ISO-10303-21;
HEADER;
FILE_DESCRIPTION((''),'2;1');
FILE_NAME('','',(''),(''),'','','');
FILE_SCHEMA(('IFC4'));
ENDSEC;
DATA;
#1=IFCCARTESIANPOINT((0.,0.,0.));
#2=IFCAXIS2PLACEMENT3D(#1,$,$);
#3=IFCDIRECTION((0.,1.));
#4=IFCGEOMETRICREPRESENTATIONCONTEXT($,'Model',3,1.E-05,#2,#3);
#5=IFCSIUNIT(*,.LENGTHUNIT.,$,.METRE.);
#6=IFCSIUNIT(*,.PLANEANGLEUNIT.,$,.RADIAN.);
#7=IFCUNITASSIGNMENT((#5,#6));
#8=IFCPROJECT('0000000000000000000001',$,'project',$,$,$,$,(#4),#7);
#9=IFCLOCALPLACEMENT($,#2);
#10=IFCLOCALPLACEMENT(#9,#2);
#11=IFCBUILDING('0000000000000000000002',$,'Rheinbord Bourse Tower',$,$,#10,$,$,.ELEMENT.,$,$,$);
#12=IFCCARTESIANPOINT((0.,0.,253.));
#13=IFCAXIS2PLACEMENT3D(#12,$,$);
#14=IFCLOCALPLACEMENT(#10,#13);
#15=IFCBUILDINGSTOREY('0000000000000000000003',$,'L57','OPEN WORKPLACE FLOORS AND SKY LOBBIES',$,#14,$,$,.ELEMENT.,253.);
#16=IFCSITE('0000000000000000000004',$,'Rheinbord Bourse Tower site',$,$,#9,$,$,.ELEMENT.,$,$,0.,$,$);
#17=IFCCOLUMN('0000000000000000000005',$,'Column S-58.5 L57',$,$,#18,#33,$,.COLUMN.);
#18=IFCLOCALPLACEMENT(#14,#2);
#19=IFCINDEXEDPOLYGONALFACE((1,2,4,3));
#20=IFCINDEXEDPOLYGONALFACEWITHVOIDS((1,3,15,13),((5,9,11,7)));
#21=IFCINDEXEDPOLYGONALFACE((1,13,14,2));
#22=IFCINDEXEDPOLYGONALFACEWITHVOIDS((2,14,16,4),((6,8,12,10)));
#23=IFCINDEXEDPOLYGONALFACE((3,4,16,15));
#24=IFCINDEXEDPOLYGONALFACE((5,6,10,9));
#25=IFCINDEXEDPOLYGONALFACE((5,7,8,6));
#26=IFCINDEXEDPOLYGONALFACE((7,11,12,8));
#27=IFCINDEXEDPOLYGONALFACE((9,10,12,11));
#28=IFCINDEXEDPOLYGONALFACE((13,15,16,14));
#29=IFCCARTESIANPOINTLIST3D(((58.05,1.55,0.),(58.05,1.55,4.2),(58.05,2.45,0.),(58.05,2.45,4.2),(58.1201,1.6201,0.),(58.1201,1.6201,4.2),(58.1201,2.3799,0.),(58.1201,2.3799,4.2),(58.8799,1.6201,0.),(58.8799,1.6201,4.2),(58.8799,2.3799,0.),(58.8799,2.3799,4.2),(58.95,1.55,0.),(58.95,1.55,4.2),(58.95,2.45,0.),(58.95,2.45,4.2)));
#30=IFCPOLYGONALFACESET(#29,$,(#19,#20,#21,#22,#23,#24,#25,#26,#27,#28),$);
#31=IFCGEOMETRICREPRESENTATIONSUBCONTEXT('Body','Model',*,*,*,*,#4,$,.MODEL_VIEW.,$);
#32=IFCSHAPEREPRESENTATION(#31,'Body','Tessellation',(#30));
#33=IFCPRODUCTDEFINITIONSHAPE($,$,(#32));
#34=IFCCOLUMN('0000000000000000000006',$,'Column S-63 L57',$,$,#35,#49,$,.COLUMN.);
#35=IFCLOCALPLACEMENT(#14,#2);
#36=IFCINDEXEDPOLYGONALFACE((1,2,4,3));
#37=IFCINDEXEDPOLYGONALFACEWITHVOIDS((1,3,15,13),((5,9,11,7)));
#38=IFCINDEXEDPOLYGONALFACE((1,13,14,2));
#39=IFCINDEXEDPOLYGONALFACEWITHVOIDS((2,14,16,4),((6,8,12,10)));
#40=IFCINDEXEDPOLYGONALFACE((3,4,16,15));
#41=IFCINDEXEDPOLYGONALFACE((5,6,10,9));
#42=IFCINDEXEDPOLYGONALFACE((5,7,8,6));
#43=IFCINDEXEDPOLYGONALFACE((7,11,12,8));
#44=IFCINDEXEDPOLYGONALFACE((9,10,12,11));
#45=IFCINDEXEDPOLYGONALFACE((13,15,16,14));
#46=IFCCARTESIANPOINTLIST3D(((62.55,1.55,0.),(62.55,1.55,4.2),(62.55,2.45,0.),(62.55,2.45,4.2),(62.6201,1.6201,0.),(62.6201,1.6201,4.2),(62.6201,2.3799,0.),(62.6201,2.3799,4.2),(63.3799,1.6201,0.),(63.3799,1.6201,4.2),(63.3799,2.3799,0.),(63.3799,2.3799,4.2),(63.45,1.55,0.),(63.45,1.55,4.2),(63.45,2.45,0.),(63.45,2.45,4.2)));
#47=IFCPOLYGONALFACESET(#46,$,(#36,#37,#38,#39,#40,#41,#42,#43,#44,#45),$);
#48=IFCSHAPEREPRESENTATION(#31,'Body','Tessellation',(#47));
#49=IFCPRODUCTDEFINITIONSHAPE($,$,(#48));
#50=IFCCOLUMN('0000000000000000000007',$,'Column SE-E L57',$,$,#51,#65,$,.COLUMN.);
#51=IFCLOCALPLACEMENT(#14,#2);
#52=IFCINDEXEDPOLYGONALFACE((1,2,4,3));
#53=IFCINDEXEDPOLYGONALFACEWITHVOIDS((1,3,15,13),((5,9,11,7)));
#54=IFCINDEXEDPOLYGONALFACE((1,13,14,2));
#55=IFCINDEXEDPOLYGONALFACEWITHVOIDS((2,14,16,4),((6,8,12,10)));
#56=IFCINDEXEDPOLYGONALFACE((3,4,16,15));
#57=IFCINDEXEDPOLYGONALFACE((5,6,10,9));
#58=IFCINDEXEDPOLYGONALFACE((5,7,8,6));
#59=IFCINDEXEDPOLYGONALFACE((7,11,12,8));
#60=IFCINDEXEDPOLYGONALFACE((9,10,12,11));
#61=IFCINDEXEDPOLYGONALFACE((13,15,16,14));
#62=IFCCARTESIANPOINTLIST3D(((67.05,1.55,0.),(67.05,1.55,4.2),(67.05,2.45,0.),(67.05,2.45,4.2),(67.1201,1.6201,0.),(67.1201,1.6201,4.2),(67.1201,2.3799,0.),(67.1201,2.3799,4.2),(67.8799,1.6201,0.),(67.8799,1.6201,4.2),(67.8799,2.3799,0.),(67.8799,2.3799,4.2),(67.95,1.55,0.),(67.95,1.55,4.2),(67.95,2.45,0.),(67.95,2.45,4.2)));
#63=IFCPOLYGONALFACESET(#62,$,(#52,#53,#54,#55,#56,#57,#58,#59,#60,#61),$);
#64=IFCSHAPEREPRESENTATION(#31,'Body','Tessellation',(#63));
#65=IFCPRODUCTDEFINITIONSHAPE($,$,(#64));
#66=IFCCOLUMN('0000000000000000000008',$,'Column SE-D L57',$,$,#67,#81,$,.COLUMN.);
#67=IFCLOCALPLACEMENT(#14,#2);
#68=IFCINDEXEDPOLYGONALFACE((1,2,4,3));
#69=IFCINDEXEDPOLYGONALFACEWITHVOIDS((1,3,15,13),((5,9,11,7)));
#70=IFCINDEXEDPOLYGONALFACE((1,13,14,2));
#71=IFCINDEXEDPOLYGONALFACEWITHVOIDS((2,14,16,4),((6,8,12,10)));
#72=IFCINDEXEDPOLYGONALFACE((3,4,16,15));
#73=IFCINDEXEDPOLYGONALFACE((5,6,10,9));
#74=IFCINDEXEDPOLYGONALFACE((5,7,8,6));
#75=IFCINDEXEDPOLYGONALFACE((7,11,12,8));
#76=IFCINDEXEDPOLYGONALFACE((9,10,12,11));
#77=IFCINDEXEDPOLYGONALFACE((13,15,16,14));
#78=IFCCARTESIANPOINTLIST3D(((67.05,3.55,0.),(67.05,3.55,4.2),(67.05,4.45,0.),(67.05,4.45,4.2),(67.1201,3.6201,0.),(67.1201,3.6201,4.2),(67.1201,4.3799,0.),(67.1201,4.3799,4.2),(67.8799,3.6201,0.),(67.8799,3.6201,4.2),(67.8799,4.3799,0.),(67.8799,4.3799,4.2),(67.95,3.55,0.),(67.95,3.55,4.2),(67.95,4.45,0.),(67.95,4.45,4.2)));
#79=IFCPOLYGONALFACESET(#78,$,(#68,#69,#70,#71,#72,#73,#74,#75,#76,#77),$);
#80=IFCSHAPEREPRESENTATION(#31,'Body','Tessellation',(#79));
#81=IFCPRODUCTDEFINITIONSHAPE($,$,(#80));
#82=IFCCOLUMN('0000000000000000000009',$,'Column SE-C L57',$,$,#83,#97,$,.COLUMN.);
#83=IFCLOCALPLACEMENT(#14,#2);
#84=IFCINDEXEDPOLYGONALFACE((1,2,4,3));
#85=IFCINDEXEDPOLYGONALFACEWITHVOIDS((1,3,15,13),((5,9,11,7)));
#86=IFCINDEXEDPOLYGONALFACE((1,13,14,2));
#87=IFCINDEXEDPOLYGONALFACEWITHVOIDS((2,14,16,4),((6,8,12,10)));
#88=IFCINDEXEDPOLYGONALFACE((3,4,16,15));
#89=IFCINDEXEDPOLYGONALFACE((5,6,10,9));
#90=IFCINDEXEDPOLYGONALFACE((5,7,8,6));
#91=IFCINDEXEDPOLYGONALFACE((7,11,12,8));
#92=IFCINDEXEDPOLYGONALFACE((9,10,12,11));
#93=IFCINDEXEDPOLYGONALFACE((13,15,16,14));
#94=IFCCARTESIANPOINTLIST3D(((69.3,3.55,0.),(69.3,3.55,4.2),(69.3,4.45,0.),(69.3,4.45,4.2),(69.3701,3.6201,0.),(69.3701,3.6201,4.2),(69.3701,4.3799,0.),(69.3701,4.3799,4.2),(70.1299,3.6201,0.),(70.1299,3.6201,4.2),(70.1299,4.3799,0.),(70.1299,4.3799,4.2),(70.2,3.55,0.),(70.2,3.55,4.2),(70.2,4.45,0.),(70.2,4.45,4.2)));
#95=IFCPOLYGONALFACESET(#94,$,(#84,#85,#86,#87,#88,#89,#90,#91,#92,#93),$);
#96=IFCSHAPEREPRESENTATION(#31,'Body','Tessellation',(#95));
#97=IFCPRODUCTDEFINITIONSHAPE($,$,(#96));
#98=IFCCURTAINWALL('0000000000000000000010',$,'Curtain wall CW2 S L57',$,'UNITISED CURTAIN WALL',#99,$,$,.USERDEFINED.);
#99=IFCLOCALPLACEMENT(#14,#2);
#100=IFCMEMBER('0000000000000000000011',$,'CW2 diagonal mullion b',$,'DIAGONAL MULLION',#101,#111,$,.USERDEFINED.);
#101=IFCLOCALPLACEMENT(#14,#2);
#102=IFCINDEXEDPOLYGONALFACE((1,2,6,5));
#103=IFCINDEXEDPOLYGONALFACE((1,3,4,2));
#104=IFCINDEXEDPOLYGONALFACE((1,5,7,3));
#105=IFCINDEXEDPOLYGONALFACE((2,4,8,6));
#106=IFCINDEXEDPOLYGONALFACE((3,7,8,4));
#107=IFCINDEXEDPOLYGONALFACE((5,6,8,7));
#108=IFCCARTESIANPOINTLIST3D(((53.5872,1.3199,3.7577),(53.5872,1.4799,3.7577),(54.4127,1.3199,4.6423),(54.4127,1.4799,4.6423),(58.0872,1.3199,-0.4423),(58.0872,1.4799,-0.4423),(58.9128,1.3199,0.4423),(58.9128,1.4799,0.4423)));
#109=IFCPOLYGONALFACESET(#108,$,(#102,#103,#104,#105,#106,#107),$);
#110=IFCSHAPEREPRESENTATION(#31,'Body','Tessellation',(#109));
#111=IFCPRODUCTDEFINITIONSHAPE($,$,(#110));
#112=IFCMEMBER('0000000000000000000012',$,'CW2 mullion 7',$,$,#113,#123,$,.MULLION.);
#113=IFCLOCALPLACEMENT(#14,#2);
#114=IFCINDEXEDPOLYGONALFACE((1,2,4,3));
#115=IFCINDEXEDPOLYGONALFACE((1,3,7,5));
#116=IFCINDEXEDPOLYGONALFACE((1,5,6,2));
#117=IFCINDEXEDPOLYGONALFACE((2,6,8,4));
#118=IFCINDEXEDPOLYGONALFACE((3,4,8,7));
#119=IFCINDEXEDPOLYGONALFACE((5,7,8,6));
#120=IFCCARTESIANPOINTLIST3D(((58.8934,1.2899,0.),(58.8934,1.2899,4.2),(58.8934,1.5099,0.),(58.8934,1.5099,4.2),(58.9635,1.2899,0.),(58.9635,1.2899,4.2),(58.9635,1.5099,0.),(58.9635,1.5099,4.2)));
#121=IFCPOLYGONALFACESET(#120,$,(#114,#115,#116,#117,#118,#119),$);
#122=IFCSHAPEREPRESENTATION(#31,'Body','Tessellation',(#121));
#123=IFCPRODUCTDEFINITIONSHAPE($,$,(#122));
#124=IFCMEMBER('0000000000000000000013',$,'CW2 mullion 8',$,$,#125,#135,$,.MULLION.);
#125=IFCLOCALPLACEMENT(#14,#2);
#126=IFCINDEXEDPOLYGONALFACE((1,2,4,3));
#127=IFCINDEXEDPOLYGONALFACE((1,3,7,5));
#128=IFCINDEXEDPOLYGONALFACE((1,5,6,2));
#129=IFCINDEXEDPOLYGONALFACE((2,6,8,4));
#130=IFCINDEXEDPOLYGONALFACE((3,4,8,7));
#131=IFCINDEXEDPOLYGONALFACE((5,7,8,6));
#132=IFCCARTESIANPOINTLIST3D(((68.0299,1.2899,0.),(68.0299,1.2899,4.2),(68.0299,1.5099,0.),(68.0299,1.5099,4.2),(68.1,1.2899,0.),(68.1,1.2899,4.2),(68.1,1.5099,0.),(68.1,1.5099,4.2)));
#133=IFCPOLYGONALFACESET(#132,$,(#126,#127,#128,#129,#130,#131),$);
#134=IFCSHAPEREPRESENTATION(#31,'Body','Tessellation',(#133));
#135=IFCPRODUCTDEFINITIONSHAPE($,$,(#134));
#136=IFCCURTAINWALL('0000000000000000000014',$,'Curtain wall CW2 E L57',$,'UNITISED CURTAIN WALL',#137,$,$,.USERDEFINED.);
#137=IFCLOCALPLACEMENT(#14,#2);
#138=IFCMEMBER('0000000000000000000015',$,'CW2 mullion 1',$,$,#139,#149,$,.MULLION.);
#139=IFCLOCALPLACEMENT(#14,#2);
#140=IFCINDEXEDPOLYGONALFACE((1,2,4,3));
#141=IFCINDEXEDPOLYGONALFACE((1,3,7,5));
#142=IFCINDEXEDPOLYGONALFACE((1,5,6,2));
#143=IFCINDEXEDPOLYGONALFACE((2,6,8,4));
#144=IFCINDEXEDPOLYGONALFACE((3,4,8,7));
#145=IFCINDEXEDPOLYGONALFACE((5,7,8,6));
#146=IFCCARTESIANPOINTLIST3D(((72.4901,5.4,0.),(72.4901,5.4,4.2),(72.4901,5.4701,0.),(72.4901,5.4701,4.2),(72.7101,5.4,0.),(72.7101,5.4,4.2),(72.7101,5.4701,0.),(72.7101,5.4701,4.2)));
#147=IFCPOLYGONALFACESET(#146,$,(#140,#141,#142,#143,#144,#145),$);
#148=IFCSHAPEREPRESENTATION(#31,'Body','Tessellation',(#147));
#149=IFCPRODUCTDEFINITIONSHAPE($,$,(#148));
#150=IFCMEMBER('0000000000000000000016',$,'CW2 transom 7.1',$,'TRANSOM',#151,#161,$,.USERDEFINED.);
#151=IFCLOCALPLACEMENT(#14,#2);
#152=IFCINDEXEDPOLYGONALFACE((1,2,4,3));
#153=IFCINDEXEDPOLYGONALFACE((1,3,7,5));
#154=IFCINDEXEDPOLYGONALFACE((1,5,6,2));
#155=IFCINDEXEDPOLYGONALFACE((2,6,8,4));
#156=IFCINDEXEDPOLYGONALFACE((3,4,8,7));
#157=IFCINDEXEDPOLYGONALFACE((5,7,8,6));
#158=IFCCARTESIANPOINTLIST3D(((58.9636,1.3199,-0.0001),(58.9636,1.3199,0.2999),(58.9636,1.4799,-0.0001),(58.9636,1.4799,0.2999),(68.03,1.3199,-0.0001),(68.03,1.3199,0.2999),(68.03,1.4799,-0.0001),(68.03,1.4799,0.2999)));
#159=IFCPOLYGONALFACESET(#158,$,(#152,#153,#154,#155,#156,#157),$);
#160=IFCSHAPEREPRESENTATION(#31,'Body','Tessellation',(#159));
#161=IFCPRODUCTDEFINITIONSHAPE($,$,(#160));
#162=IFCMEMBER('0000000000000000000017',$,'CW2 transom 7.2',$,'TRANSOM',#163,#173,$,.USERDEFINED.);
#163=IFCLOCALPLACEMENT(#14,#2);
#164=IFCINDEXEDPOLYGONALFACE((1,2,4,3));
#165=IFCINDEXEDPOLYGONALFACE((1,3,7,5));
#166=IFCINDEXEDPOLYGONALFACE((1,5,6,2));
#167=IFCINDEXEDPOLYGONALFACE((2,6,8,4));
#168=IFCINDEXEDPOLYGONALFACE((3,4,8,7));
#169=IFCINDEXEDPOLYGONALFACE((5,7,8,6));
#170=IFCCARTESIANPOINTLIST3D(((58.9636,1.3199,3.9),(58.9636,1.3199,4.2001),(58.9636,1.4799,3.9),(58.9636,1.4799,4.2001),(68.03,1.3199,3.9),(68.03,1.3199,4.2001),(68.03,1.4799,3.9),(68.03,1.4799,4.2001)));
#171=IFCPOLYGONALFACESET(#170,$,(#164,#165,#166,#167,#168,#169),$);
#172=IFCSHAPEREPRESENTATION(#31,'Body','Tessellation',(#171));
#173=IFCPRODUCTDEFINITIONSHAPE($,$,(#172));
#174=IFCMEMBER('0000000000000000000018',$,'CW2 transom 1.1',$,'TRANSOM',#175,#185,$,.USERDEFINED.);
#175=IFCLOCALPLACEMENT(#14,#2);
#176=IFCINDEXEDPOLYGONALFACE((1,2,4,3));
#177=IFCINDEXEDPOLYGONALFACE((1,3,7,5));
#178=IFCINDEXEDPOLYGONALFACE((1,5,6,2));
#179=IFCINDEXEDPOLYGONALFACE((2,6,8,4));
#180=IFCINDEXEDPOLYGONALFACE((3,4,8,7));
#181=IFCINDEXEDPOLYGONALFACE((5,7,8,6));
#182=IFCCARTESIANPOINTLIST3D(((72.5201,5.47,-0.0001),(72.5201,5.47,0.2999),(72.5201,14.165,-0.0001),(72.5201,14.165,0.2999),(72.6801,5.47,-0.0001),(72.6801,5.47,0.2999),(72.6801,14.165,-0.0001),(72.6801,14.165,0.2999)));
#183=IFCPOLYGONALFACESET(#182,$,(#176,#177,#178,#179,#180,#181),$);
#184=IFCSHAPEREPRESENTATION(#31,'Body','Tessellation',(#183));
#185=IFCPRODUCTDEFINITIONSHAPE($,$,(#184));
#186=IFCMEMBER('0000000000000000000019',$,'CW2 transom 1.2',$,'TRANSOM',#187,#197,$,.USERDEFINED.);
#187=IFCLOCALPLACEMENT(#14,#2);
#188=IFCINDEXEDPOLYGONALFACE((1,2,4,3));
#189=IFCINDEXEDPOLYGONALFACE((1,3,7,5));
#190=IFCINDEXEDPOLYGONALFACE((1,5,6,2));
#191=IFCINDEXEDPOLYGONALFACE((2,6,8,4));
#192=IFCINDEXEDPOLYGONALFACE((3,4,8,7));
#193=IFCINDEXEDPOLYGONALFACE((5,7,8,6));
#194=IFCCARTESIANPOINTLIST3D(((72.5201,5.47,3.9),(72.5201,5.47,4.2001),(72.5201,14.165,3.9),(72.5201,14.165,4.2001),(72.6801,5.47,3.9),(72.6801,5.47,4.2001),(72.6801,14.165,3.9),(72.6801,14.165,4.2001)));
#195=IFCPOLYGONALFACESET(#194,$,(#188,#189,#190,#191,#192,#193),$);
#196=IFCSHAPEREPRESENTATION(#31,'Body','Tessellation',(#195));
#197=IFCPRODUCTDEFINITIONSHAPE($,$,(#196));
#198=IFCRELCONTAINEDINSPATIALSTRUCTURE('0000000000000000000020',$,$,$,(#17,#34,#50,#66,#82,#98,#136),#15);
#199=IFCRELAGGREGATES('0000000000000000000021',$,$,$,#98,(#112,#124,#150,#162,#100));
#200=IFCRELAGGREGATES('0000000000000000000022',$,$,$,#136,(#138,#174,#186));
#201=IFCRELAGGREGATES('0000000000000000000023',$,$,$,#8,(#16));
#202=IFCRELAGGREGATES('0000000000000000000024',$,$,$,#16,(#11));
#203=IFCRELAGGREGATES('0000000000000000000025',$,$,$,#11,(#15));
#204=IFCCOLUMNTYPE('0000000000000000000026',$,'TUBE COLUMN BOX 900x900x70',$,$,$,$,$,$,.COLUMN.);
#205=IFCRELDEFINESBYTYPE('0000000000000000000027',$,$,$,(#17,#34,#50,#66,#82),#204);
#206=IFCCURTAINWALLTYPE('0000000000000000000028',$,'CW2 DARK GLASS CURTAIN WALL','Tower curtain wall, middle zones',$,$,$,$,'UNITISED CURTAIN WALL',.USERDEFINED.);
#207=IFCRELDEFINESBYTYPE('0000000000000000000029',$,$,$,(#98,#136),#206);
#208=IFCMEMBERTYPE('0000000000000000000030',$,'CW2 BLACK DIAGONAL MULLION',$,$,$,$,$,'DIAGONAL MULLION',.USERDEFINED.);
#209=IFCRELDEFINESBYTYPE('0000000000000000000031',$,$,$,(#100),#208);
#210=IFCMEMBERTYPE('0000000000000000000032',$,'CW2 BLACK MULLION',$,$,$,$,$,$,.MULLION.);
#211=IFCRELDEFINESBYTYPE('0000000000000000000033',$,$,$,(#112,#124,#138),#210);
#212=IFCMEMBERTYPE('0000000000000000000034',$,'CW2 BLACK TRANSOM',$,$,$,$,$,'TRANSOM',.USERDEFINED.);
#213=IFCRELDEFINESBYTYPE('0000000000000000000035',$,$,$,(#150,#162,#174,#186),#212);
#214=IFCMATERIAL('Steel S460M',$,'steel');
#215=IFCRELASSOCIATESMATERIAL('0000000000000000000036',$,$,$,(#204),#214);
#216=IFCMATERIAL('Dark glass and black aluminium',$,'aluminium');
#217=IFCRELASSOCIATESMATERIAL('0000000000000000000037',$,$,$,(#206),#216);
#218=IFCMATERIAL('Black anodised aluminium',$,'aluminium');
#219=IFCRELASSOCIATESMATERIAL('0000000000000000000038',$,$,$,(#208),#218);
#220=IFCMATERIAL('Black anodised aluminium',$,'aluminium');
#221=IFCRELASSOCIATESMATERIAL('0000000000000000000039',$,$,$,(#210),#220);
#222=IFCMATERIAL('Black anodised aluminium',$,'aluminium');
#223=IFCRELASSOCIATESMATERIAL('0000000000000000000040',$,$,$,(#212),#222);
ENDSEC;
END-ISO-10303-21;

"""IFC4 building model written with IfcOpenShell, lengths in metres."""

from ifc_helpers import new_model, si_unit, direction, frame, origin, origin_2d, place, context, subcontext, project, spatial, rectangle, hollow_rectangle, extrude, material, material_profile, profile_set, type_object, element, aggregate, save


model = new_model("IFC4")

# Units and contexts
model_context = context("Model", 3, precision=1e-05, world=origin(), true_north=direction((0.0, 1.0)))
body_context = subcontext(model_context, "Body", "Model", "MODEL_VIEW")
ifc_project = project(units=[si_unit("LENGTHUNIT", "METRE"), si_unit("PLANEANGLEUNIT", "RADIAN")], contexts=[model_context])

# Site, building, storey
site_placement = place(None, origin())
site = spatial("IfcSite", under=ifc_project, at=site_placement, Name="Rheinbord Bourse Tower site", CompositionType="ELEMENT", RefElevation=0.0)
building_placement = place(site_placement, origin())
building = spatial("IfcBuilding", under=site, at=building_placement, Name="Rheinbord Bourse Tower", CompositionType="ELEMENT")
storey_placement = place(building_placement, frame((0.0, 0.0, 253.0)))
storey = spatial("IfcBuildingStorey", under=building, at=storey_placement, Name="L57", Description="OPEN WORKPLACE FLOORS AND SKY LOBBIES", CompositionType="ELEMENT", Elevation=253.0)

# Columns
ifc_material_1 = material(Name="Steel S460M", Category="steel")
ifc_material_profile_1 = material_profile(ifc_material_1, hollow_rectangle(XDim=0.8999, YDim=0.8999, WallThickness=0.0701, at=origin_2d()), Name="BOX 900x900x70")
ifc_profile_set_1 = profile_set([ifc_material_profile_1], Name="Steel S460M")
column_type = type_object("IfcColumnType", Name="TUBE COLUMN BOX 900x900x70", PredefinedType="COLUMN", material=ifc_profile_set_1)
for number, where, z_axis, x_axis, name in (
    (1, (58.5, 2.0, 0.0), (0.0, 0.0, 1.0), (0.0, 1.0, 0.0), "Column S-58.5 L57"),
    (2, (63.0, 2.0, 0.0), (0.0, 0.0, 1.0), (0.0, 1.0, 0.0), "Column S-63 L57"),
    (3, (67.5, 2.0, 0.0), (0.0, 0.0, 1.0), (0.0, 1.0, 0.0), "Column SE-E L57"),
    (4, (67.5, 4.0, 0.0), (0.0, 0.0, 1.0), (0.0, 1.0, 0.0), "Column SE-D L57"),
    (5, (69.75, 4.0, 0.0), (0.0, 0.0, 1.0), (1.0, 0.0, 0.0), "Column SE-C L57"),
):
    element("IfcColumn", number, at=place(storey_placement, frame(where, z_axis=z_axis, x_axis=x_axis)), inside=storey, type_object=column_type, Name=name, PredefinedType="COLUMN", context=body_context, shape_type="SweptSolid", body=[
        extrude(hollow_rectangle(XDim=0.8999, YDim=0.8999, WallThickness=0.0701, at=origin_2d()), origin(), (0.0, 0.0, 1.0), 4.2),
    ])

# Curtain wall, members
ifc_material_2 = material(Name="Dark glass and black aluminium", Category="aluminium")
curtain_wall_type = type_object("IfcCurtainWallType", Name="CW2 DARK GLASS CURTAIN WALL", Description="Tower curtain wall, middle zones", ElementType="UNITISED CURTAIN WALL", PredefinedType="USERDEFINED", material=ifc_material_2)
curtain_wall_1_placement = place(storey_placement, origin())
curtain_wall_1 = element("IfcCurtainWall", 6, at=curtain_wall_1_placement, inside=storey, type_object=curtain_wall_type, Name="Curtain wall CW2 S L57", ObjectType="UNITISED CURTAIN WALL", PredefinedType="USERDEFINED")
ifc_material_3 = material(Name="Black anodised aluminium", Category="aluminium")
ifc_material_profile_2 = material_profile(ifc_material_3, rectangle(XDim=0.1599, YDim=1.21, at=origin_2d()), Name="CW2 DIAGONAL MULLION 1210x160")
ifc_profile_set_2 = profile_set([ifc_material_profile_2], Name="Black anodised aluminium")
member_type_1 = type_object("IfcMemberType", Name="CW2 BLACK DIAGONAL MULLION", ElementType="DIAGONAL MULLION", PredefinedType="USERDEFINED", material=ifc_profile_set_2)
member_1_placement = place(storey_placement, frame((58.5, 1.3999, 0.0), z_axis=(-0.731059, 0.0, 0.682314), x_axis=(0.0, -1.0, 0.0)))
member_1 = element("IfcMember", 7, at=member_1_placement, type_object=member_type_1, Name="CW2 diagonal mullion b", ObjectType="DIAGONAL MULLION", PredefinedType="USERDEFINED", context=body_context, shape_type="SweptSolid", body=[
    extrude(rectangle(XDim=0.1599, YDim=1.21, at=origin_2d()), origin(), (0.0, 0.0, 1.0), 6.1555),
])
ifc_material_4 = material(Name="Black anodised aluminium", Category="aluminium")
ifc_material_profile_3 = material_profile(ifc_material_4, rectangle(XDim=0.22, YDim=0.0701, at=origin_2d()), Name="CW2 MULLION 70x220")
ifc_profile_set_3 = profile_set([ifc_material_profile_3], Name="Black anodised aluminium")
member_type_2 = type_object("IfcMemberType", Name="CW2 BLACK MULLION", PredefinedType="MULLION", material=ifc_profile_set_3)
member_2_placement = place(storey_placement, frame((58.9285, 1.3999, 0.0), z_axis=(0.0, 0.0, 1.0), x_axis=(0.0, 1.0, 0.0)))
member_2 = element("IfcMember", 8, at=member_2_placement, type_object=member_type_2, Name="CW2 mullion 7", PredefinedType="MULLION", context=body_context, shape_type="SweptSolid", body=[
    extrude(rectangle(XDim=0.22, YDim=0.0701, at=origin_2d()), origin(), (0.0, 0.0, 1.0), 4.2),
])
member_3_placement = place(storey_placement, frame((68.0649, 1.3999, 0.0), z_axis=(0.0, 0.0, 1.0), x_axis=(0.0, 1.0, 0.0)))
member_3 = element("IfcMember", 9, at=member_3_placement, type_object=member_type_2, Name="CW2 mullion 8", PredefinedType="MULLION", context=body_context, shape_type="SweptSolid", body=[
    extrude(rectangle(XDim=0.22, YDim=0.0701, at=origin_2d()), origin(), (0.0, 0.0, 1.0), 4.2),
])

# Curtain wall, member
curtain_wall_2_placement = place(storey_placement, origin())
curtain_wall_2 = element("IfcCurtainWall", 10, at=curtain_wall_2_placement, inside=storey, type_object=curtain_wall_type, Name="Curtain wall CW2 E L57", ObjectType="UNITISED CURTAIN WALL", PredefinedType="USERDEFINED")
member_4_placement = place(storey_placement, frame((72.6001, 5.4351, 0.0), z_axis=(0.0, 0.0, 1.0), x_axis=(-1.0, 0.0, 0.0)))
member_4 = element("IfcMember", 11, at=member_4_placement, type_object=member_type_2, Name="CW2 mullion 1", PredefinedType="MULLION", context=body_context, shape_type="SweptSolid", body=[
    extrude(rectangle(XDim=0.22, YDim=0.0701, at=origin_2d()), origin(), (0.0, 0.0, 1.0), 4.2),
])

# Members
ifc_material_5 = material(Name="Black anodised aluminium", Category="aluminium")
ifc_material_profile_4 = material_profile(ifc_material_5, rectangle(XDim=0.1599, YDim=0.3, at=origin_2d()), Name="CW2 TRANSOM 300x160")
ifc_profile_set_4 = profile_set([ifc_material_profile_4], Name="Black anodised aluminium")
member_type_3 = type_object("IfcMemberType", Name="CW2 BLACK TRANSOM", ElementType="TRANSOM", PredefinedType="USERDEFINED", material=ifc_profile_set_4)
member_5_placement = place(storey_placement, frame((58.9636, 1.3999, 0.1499), z_axis=(1.0, 0.0, 0.0), x_axis=(0.0, 1.0, 0.0)))
member_5 = element("IfcMember", 12, at=member_5_placement, type_object=member_type_3, Name="CW2 transom 7.1", ObjectType="TRANSOM", PredefinedType="USERDEFINED", context=body_context, shape_type="SweptSolid", body=[
    extrude(rectangle(XDim=0.1599, YDim=0.3, at=origin_2d()), origin(), (0.0, 0.0, 1.0), 9.0664),
])
member_6_placement = place(storey_placement, frame((58.9636, 1.3999, 4.05), z_axis=(1.0, 0.0, 0.0), x_axis=(0.0, 1.0, 0.0)))
member_6 = element("IfcMember", 13, at=member_6_placement, type_object=member_type_3, Name="CW2 transom 7.2", ObjectType="TRANSOM", PredefinedType="USERDEFINED", context=body_context, shape_type="SweptSolid", body=[
    extrude(rectangle(XDim=0.1599, YDim=0.3, at=origin_2d()), origin(), (0.0, 0.0, 1.0), 9.0664),
])
member_7_placement = place(storey_placement, frame((72.6001, 5.47, 0.1499), z_axis=(0.0, 1.0, 0.0), x_axis=(-1.0, 0.0, 0.0)))
member_7 = element("IfcMember", 14, at=member_7_placement, type_object=member_type_3, Name="CW2 transom 1.1", ObjectType="TRANSOM", PredefinedType="USERDEFINED", context=body_context, shape_type="SweptSolid", body=[
    extrude(rectangle(XDim=0.1599, YDim=0.3, at=origin_2d()), origin(), (0.0, 0.0, 1.0), 8.6951),
])
member_8_placement = place(storey_placement, frame((72.6001, 5.47, 4.05), z_axis=(0.0, 1.0, 0.0), x_axis=(-1.0, 0.0, 0.0)))
member_8 = element("IfcMember", 15, at=member_8_placement, type_object=member_type_3, Name="CW2 transom 1.2", ObjectType="TRANSOM", PredefinedType="USERDEFINED", context=body_context, shape_type="SweptSolid", body=[
    extrude(rectangle(XDim=0.1599, YDim=0.3, at=origin_2d()), origin(), (0.0, 0.0, 1.0), 8.6951),
])

aggregate(curtain_wall_1, [member_2, member_3, member_5, member_6, member_1])
aggregate(curtain_wall_2, [member_4, member_7, member_8])

save(model, "model.ifc")
